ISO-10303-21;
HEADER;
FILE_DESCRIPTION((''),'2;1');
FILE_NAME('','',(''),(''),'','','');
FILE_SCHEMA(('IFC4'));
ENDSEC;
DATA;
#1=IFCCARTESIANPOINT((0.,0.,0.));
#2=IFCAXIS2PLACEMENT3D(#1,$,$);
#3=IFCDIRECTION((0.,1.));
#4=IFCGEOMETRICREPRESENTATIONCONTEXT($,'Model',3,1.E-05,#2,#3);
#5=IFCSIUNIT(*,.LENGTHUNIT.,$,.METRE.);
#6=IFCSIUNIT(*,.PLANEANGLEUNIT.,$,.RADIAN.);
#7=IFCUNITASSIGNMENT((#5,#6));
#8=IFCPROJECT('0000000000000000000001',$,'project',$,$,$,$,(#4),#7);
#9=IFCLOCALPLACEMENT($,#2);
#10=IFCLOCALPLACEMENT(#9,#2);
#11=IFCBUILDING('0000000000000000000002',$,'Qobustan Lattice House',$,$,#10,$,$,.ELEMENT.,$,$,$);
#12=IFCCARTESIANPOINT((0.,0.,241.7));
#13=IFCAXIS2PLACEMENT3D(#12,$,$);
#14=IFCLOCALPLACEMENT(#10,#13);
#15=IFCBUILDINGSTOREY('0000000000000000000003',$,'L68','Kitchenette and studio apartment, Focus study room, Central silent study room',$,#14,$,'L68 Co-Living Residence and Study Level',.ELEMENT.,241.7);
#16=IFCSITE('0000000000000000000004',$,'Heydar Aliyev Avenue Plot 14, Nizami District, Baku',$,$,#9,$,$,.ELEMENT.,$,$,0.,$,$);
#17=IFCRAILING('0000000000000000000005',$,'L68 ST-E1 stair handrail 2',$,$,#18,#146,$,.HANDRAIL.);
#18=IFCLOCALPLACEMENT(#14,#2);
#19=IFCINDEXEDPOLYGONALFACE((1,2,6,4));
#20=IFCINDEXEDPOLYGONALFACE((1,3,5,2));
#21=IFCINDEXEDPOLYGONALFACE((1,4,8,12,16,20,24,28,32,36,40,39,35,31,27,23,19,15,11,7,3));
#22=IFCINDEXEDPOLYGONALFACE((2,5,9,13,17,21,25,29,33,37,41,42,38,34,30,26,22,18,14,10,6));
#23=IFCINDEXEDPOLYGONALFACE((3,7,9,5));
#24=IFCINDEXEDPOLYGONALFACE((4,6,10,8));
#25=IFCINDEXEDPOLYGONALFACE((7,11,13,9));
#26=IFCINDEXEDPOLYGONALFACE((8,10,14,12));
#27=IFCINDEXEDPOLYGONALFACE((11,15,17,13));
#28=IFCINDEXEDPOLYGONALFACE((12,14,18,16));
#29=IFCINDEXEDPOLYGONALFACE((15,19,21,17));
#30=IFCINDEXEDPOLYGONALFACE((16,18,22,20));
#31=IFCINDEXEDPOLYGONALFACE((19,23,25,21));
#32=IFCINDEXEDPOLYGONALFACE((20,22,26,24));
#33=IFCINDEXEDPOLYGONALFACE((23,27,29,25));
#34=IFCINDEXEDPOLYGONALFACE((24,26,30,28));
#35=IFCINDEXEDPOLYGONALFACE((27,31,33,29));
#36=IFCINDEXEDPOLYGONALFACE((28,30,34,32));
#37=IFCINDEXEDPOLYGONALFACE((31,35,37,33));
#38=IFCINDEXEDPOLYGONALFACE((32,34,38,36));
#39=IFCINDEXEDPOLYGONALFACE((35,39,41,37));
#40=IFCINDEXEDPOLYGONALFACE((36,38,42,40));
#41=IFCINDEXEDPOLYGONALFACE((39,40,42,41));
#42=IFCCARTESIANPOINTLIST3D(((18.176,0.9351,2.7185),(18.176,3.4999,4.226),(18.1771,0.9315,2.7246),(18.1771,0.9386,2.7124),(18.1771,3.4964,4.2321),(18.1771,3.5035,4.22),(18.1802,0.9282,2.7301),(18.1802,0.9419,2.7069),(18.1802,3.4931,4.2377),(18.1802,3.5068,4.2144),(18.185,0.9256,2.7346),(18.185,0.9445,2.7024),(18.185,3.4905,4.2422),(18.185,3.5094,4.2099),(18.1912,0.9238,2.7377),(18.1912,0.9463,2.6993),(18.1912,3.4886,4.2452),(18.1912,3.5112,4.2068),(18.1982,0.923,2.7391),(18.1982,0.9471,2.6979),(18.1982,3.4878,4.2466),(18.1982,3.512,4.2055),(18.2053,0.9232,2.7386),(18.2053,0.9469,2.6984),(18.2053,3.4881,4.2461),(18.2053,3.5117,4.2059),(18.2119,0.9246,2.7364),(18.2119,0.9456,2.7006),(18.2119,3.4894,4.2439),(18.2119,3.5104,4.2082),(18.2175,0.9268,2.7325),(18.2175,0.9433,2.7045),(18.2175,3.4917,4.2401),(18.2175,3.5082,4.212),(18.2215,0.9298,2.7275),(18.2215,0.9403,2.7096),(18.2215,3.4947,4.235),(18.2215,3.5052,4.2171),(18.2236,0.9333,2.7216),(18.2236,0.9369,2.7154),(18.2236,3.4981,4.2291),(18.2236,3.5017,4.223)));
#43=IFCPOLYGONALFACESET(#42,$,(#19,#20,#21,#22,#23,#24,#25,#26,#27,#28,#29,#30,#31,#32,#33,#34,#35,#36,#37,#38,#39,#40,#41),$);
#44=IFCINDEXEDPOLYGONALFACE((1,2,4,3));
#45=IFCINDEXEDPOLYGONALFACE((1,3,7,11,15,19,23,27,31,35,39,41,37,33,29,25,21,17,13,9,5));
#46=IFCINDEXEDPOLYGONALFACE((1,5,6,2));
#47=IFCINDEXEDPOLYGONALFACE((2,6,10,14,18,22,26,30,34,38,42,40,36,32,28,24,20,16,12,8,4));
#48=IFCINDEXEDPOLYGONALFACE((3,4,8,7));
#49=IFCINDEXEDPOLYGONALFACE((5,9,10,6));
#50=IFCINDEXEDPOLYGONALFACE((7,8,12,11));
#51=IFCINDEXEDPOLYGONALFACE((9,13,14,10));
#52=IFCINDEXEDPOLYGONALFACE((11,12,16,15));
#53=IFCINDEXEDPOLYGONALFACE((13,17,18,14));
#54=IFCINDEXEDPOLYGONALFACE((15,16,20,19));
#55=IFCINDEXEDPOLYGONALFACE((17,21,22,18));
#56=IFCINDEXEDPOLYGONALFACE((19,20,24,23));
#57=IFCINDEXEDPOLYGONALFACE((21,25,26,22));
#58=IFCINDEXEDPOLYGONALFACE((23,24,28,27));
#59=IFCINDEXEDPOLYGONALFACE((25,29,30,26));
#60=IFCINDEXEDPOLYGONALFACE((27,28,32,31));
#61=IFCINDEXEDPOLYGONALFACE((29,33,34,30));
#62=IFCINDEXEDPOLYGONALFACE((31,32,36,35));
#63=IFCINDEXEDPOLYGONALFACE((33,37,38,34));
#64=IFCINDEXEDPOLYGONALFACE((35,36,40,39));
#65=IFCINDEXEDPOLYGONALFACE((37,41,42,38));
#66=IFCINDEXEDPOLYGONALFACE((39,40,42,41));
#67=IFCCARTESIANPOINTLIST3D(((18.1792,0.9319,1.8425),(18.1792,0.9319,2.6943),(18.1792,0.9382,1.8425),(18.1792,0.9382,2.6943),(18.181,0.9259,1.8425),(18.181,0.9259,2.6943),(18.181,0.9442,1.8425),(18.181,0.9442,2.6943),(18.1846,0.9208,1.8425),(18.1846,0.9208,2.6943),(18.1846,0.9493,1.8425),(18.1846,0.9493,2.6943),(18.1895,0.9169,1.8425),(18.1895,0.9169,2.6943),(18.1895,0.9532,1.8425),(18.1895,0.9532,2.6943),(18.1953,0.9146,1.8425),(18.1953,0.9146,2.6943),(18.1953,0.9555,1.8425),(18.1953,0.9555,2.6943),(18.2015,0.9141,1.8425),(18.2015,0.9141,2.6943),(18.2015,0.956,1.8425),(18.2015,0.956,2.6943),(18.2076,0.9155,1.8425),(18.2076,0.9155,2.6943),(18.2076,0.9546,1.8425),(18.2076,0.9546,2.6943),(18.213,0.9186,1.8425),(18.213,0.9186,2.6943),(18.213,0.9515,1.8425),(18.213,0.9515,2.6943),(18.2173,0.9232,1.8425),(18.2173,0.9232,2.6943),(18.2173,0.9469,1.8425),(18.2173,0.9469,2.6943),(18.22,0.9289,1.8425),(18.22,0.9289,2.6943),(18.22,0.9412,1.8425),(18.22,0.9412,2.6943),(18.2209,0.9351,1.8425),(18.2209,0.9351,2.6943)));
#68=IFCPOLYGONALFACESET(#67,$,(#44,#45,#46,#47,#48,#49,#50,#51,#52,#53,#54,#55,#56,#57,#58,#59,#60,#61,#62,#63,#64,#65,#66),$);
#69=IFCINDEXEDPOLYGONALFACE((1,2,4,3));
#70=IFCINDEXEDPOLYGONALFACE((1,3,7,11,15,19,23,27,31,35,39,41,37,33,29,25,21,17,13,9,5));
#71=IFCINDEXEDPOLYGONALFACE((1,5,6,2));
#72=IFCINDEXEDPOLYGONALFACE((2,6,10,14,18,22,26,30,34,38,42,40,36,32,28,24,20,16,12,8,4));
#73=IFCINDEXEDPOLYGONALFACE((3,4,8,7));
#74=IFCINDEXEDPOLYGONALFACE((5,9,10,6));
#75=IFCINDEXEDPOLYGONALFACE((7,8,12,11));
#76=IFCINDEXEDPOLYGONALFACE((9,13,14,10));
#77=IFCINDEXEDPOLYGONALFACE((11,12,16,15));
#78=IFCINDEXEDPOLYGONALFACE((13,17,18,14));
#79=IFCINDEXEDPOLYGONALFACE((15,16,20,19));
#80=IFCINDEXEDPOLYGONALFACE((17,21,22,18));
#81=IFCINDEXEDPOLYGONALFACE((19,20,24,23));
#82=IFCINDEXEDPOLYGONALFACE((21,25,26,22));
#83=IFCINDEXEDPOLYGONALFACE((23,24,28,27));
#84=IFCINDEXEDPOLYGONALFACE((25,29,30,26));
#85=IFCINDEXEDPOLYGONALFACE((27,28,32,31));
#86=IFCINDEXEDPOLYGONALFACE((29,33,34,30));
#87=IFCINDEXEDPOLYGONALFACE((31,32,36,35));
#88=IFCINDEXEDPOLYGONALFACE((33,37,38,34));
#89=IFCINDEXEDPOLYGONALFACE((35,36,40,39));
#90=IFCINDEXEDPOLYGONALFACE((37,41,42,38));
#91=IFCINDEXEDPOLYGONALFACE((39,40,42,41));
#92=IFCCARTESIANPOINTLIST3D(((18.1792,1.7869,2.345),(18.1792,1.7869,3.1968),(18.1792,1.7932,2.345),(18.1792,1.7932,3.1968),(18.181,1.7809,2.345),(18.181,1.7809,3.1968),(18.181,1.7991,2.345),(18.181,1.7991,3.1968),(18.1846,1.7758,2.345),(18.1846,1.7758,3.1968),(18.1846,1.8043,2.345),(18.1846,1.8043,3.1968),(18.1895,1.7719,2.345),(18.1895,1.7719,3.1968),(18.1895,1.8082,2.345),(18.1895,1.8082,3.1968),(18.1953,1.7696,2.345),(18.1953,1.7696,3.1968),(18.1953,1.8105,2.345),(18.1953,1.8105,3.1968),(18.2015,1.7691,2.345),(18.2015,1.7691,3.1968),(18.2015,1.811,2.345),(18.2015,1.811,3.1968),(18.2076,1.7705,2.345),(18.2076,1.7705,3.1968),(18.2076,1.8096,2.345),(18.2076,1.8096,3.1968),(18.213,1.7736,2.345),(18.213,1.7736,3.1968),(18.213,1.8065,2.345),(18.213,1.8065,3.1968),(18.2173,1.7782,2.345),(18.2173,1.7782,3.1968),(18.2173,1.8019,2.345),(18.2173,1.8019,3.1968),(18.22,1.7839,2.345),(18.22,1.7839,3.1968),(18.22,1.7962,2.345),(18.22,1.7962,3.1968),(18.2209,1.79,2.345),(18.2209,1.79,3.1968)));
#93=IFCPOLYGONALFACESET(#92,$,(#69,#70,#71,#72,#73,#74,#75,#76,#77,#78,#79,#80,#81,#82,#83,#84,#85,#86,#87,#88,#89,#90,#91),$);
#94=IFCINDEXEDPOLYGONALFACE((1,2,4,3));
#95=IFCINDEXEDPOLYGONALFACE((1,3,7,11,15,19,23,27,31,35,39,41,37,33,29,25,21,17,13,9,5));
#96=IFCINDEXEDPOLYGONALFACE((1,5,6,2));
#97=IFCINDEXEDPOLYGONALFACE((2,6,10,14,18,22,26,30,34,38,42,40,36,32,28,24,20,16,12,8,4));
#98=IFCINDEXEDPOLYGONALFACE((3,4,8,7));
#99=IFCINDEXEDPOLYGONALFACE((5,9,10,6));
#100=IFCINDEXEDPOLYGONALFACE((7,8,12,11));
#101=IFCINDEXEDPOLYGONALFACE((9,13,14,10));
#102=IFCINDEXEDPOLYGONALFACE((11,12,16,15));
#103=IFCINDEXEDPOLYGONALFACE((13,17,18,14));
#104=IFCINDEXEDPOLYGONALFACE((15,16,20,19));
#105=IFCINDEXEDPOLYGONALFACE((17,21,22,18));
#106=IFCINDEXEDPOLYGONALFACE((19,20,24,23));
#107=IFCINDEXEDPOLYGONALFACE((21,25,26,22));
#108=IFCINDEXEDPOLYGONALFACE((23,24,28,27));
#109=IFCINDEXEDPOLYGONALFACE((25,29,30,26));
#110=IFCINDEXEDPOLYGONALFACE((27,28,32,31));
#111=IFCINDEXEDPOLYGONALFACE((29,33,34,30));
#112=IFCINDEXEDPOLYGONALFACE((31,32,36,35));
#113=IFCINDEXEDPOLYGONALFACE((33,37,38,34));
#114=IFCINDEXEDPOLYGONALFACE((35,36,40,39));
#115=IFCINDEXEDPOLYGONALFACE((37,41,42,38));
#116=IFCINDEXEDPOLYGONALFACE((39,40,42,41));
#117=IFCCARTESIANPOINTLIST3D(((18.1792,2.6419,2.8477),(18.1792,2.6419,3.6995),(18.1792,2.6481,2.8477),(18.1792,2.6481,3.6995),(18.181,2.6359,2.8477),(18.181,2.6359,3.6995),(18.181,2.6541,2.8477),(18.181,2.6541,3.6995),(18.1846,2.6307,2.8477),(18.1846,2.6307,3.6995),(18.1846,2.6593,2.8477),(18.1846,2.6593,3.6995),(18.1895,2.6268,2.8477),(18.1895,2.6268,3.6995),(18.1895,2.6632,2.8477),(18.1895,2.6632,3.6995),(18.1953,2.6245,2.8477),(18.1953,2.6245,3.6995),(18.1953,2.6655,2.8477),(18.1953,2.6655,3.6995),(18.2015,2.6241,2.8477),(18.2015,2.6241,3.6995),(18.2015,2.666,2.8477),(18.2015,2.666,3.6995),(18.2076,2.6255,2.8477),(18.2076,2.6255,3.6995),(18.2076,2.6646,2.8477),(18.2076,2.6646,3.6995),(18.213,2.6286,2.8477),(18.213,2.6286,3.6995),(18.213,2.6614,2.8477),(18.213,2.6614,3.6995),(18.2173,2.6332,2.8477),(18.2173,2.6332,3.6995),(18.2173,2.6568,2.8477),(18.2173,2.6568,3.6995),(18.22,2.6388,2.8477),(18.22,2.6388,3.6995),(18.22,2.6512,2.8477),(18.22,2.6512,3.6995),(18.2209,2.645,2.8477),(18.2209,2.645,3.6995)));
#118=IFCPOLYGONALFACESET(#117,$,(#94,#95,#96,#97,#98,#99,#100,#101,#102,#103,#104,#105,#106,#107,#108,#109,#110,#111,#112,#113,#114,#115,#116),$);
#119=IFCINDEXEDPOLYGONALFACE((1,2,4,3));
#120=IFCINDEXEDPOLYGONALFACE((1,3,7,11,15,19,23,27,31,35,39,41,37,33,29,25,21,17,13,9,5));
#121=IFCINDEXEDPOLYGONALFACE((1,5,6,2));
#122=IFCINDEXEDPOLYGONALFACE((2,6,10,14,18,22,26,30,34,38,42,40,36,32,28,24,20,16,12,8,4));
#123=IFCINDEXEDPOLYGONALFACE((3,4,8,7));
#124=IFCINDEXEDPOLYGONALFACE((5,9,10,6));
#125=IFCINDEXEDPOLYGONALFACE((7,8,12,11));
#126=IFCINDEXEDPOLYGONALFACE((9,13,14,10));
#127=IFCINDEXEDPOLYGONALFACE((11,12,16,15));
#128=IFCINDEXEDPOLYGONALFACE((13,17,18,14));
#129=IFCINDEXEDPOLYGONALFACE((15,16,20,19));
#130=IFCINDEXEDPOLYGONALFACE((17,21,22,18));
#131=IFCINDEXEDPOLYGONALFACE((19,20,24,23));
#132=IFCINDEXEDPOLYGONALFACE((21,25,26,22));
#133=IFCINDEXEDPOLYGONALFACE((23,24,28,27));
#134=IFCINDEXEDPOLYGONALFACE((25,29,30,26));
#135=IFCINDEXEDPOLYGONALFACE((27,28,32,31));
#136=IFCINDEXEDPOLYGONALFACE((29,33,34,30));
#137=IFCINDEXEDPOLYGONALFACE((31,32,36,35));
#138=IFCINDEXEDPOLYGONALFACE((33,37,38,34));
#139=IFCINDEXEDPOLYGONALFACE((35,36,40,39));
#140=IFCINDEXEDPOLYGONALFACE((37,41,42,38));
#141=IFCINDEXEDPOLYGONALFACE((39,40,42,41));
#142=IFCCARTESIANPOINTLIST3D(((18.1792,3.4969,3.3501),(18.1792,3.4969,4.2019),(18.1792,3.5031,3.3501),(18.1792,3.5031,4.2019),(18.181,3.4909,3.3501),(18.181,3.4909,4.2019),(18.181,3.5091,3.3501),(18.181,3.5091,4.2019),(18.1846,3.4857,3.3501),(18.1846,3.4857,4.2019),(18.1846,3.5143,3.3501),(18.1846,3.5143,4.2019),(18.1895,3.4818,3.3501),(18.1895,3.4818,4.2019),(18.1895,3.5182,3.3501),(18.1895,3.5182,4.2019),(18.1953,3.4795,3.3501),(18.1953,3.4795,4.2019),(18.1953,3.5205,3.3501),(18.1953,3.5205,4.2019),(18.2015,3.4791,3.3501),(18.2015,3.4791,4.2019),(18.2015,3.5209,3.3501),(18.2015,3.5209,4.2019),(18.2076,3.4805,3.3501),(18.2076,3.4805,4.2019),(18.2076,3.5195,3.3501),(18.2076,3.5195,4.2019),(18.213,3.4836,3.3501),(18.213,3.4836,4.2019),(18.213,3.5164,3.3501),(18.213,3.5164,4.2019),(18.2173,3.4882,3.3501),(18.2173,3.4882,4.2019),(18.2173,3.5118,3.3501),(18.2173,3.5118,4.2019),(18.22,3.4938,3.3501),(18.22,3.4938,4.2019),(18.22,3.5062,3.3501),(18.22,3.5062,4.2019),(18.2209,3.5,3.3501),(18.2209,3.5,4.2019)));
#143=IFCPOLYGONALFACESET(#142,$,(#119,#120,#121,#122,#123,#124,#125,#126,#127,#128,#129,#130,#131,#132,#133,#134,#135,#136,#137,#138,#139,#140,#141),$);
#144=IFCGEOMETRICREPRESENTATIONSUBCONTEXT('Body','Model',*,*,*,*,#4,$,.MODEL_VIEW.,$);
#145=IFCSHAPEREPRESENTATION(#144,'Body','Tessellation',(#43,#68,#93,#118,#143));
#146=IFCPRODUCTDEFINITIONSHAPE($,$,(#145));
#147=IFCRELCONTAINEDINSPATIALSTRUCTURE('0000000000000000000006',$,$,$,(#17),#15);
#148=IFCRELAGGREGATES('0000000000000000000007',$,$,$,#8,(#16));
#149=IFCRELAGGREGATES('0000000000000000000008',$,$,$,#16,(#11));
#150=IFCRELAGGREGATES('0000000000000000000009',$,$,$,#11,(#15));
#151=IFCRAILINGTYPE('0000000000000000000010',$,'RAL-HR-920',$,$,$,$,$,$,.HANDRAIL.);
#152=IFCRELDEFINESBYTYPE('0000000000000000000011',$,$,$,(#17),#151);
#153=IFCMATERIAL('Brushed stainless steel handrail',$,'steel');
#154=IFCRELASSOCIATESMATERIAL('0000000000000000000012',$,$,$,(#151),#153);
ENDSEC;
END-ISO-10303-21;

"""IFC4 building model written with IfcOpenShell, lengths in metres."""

from ifc_helpers import new_model, si_unit, direction, frame, origin, origin_2d, place, context, subcontext, project, spatial, circle, extrude, material, type_object, element, save


model = new_model("IFC4")

# Units and contexts
model_context = context("Model", 3, precision=1e-05, world=origin(), true_north=direction((0.0, 1.0)))
body_context = subcontext(model_context, "Body", "Model", "MODEL_VIEW")
ifc_project = project(units=[si_unit("LENGTHUNIT", "METRE"), si_unit("PLANEANGLEUNIT", "RADIAN")], contexts=[model_context])

# Site, building, storey
site_placement = place(None, origin())
site = spatial("IfcSite", under=ifc_project, at=site_placement, Name="Heydar Aliyev Avenue Plot 14, Nizami District, Baku", CompositionType="ELEMENT", RefElevation=0.0)
building_placement = place(site_placement, origin())
building = spatial("IfcBuilding", under=site, at=building_placement, Name="Qobustan Lattice House", CompositionType="ELEMENT")
storey_placement = place(building_placement, frame((0.0, 0.0, 241.7)))
storey = spatial("IfcBuildingStorey", under=building, at=storey_placement, Name="L68", Description="Kitchenette and studio apartment, Focus study room, Central silent study room", LongName="L68 Co-Living Residence and Study Level", CompositionType="ELEMENT", Elevation=241.7)

# Railing
ifc_material_1 = material(Name="Brushed stainless steel handrail", Category="steel")
railing_type_1 = type_object("IfcRailingType", Name="RAL-HR-920", PredefinedType="HANDRAIL", material=ifc_material_1)
railing_1_placement = place(storey_placement, frame((18.2, 0.9351, 1.8425)))
element("IfcRailing", 1, at=railing_1_placement, inside=storey, type_object=railing_type_1, Name="L68 ST-E1 stair handrail 2", PredefinedType="HANDRAIL", context=body_context, shape_type="SweptSolid", body=[
    extrude(circle(Radius=0.0239, at=origin_2d()), frame((0.0, 0.0, 0.876), z_axis=(0.0, 0.862113, 0.506715), x_axis=(-1.0, 0.0, 0.0)), (0.0, 0.0, 1.0), 2.9751),
    extrude(circle(Radius=0.021, at=origin_2d()), origin(), (0.0, 0.0, 1.0), 0.8518),
    extrude(circle(Radius=0.021, at=origin_2d()), frame((0.0, 0.855, 0.5024)), (0.0, 0.0, 1.0), 0.8518),
    extrude(circle(Radius=0.021, at=origin_2d()), frame((0.0, 1.71, 1.0051)), (0.0, 0.0, 1.0), 0.8518),
    extrude(circle(Radius=0.021, at=origin_2d()), frame((0.0, 2.5649, 1.5076)), (0.0, 0.0, 1.0), 0.8518),
])

save(model, "model.ifc")
